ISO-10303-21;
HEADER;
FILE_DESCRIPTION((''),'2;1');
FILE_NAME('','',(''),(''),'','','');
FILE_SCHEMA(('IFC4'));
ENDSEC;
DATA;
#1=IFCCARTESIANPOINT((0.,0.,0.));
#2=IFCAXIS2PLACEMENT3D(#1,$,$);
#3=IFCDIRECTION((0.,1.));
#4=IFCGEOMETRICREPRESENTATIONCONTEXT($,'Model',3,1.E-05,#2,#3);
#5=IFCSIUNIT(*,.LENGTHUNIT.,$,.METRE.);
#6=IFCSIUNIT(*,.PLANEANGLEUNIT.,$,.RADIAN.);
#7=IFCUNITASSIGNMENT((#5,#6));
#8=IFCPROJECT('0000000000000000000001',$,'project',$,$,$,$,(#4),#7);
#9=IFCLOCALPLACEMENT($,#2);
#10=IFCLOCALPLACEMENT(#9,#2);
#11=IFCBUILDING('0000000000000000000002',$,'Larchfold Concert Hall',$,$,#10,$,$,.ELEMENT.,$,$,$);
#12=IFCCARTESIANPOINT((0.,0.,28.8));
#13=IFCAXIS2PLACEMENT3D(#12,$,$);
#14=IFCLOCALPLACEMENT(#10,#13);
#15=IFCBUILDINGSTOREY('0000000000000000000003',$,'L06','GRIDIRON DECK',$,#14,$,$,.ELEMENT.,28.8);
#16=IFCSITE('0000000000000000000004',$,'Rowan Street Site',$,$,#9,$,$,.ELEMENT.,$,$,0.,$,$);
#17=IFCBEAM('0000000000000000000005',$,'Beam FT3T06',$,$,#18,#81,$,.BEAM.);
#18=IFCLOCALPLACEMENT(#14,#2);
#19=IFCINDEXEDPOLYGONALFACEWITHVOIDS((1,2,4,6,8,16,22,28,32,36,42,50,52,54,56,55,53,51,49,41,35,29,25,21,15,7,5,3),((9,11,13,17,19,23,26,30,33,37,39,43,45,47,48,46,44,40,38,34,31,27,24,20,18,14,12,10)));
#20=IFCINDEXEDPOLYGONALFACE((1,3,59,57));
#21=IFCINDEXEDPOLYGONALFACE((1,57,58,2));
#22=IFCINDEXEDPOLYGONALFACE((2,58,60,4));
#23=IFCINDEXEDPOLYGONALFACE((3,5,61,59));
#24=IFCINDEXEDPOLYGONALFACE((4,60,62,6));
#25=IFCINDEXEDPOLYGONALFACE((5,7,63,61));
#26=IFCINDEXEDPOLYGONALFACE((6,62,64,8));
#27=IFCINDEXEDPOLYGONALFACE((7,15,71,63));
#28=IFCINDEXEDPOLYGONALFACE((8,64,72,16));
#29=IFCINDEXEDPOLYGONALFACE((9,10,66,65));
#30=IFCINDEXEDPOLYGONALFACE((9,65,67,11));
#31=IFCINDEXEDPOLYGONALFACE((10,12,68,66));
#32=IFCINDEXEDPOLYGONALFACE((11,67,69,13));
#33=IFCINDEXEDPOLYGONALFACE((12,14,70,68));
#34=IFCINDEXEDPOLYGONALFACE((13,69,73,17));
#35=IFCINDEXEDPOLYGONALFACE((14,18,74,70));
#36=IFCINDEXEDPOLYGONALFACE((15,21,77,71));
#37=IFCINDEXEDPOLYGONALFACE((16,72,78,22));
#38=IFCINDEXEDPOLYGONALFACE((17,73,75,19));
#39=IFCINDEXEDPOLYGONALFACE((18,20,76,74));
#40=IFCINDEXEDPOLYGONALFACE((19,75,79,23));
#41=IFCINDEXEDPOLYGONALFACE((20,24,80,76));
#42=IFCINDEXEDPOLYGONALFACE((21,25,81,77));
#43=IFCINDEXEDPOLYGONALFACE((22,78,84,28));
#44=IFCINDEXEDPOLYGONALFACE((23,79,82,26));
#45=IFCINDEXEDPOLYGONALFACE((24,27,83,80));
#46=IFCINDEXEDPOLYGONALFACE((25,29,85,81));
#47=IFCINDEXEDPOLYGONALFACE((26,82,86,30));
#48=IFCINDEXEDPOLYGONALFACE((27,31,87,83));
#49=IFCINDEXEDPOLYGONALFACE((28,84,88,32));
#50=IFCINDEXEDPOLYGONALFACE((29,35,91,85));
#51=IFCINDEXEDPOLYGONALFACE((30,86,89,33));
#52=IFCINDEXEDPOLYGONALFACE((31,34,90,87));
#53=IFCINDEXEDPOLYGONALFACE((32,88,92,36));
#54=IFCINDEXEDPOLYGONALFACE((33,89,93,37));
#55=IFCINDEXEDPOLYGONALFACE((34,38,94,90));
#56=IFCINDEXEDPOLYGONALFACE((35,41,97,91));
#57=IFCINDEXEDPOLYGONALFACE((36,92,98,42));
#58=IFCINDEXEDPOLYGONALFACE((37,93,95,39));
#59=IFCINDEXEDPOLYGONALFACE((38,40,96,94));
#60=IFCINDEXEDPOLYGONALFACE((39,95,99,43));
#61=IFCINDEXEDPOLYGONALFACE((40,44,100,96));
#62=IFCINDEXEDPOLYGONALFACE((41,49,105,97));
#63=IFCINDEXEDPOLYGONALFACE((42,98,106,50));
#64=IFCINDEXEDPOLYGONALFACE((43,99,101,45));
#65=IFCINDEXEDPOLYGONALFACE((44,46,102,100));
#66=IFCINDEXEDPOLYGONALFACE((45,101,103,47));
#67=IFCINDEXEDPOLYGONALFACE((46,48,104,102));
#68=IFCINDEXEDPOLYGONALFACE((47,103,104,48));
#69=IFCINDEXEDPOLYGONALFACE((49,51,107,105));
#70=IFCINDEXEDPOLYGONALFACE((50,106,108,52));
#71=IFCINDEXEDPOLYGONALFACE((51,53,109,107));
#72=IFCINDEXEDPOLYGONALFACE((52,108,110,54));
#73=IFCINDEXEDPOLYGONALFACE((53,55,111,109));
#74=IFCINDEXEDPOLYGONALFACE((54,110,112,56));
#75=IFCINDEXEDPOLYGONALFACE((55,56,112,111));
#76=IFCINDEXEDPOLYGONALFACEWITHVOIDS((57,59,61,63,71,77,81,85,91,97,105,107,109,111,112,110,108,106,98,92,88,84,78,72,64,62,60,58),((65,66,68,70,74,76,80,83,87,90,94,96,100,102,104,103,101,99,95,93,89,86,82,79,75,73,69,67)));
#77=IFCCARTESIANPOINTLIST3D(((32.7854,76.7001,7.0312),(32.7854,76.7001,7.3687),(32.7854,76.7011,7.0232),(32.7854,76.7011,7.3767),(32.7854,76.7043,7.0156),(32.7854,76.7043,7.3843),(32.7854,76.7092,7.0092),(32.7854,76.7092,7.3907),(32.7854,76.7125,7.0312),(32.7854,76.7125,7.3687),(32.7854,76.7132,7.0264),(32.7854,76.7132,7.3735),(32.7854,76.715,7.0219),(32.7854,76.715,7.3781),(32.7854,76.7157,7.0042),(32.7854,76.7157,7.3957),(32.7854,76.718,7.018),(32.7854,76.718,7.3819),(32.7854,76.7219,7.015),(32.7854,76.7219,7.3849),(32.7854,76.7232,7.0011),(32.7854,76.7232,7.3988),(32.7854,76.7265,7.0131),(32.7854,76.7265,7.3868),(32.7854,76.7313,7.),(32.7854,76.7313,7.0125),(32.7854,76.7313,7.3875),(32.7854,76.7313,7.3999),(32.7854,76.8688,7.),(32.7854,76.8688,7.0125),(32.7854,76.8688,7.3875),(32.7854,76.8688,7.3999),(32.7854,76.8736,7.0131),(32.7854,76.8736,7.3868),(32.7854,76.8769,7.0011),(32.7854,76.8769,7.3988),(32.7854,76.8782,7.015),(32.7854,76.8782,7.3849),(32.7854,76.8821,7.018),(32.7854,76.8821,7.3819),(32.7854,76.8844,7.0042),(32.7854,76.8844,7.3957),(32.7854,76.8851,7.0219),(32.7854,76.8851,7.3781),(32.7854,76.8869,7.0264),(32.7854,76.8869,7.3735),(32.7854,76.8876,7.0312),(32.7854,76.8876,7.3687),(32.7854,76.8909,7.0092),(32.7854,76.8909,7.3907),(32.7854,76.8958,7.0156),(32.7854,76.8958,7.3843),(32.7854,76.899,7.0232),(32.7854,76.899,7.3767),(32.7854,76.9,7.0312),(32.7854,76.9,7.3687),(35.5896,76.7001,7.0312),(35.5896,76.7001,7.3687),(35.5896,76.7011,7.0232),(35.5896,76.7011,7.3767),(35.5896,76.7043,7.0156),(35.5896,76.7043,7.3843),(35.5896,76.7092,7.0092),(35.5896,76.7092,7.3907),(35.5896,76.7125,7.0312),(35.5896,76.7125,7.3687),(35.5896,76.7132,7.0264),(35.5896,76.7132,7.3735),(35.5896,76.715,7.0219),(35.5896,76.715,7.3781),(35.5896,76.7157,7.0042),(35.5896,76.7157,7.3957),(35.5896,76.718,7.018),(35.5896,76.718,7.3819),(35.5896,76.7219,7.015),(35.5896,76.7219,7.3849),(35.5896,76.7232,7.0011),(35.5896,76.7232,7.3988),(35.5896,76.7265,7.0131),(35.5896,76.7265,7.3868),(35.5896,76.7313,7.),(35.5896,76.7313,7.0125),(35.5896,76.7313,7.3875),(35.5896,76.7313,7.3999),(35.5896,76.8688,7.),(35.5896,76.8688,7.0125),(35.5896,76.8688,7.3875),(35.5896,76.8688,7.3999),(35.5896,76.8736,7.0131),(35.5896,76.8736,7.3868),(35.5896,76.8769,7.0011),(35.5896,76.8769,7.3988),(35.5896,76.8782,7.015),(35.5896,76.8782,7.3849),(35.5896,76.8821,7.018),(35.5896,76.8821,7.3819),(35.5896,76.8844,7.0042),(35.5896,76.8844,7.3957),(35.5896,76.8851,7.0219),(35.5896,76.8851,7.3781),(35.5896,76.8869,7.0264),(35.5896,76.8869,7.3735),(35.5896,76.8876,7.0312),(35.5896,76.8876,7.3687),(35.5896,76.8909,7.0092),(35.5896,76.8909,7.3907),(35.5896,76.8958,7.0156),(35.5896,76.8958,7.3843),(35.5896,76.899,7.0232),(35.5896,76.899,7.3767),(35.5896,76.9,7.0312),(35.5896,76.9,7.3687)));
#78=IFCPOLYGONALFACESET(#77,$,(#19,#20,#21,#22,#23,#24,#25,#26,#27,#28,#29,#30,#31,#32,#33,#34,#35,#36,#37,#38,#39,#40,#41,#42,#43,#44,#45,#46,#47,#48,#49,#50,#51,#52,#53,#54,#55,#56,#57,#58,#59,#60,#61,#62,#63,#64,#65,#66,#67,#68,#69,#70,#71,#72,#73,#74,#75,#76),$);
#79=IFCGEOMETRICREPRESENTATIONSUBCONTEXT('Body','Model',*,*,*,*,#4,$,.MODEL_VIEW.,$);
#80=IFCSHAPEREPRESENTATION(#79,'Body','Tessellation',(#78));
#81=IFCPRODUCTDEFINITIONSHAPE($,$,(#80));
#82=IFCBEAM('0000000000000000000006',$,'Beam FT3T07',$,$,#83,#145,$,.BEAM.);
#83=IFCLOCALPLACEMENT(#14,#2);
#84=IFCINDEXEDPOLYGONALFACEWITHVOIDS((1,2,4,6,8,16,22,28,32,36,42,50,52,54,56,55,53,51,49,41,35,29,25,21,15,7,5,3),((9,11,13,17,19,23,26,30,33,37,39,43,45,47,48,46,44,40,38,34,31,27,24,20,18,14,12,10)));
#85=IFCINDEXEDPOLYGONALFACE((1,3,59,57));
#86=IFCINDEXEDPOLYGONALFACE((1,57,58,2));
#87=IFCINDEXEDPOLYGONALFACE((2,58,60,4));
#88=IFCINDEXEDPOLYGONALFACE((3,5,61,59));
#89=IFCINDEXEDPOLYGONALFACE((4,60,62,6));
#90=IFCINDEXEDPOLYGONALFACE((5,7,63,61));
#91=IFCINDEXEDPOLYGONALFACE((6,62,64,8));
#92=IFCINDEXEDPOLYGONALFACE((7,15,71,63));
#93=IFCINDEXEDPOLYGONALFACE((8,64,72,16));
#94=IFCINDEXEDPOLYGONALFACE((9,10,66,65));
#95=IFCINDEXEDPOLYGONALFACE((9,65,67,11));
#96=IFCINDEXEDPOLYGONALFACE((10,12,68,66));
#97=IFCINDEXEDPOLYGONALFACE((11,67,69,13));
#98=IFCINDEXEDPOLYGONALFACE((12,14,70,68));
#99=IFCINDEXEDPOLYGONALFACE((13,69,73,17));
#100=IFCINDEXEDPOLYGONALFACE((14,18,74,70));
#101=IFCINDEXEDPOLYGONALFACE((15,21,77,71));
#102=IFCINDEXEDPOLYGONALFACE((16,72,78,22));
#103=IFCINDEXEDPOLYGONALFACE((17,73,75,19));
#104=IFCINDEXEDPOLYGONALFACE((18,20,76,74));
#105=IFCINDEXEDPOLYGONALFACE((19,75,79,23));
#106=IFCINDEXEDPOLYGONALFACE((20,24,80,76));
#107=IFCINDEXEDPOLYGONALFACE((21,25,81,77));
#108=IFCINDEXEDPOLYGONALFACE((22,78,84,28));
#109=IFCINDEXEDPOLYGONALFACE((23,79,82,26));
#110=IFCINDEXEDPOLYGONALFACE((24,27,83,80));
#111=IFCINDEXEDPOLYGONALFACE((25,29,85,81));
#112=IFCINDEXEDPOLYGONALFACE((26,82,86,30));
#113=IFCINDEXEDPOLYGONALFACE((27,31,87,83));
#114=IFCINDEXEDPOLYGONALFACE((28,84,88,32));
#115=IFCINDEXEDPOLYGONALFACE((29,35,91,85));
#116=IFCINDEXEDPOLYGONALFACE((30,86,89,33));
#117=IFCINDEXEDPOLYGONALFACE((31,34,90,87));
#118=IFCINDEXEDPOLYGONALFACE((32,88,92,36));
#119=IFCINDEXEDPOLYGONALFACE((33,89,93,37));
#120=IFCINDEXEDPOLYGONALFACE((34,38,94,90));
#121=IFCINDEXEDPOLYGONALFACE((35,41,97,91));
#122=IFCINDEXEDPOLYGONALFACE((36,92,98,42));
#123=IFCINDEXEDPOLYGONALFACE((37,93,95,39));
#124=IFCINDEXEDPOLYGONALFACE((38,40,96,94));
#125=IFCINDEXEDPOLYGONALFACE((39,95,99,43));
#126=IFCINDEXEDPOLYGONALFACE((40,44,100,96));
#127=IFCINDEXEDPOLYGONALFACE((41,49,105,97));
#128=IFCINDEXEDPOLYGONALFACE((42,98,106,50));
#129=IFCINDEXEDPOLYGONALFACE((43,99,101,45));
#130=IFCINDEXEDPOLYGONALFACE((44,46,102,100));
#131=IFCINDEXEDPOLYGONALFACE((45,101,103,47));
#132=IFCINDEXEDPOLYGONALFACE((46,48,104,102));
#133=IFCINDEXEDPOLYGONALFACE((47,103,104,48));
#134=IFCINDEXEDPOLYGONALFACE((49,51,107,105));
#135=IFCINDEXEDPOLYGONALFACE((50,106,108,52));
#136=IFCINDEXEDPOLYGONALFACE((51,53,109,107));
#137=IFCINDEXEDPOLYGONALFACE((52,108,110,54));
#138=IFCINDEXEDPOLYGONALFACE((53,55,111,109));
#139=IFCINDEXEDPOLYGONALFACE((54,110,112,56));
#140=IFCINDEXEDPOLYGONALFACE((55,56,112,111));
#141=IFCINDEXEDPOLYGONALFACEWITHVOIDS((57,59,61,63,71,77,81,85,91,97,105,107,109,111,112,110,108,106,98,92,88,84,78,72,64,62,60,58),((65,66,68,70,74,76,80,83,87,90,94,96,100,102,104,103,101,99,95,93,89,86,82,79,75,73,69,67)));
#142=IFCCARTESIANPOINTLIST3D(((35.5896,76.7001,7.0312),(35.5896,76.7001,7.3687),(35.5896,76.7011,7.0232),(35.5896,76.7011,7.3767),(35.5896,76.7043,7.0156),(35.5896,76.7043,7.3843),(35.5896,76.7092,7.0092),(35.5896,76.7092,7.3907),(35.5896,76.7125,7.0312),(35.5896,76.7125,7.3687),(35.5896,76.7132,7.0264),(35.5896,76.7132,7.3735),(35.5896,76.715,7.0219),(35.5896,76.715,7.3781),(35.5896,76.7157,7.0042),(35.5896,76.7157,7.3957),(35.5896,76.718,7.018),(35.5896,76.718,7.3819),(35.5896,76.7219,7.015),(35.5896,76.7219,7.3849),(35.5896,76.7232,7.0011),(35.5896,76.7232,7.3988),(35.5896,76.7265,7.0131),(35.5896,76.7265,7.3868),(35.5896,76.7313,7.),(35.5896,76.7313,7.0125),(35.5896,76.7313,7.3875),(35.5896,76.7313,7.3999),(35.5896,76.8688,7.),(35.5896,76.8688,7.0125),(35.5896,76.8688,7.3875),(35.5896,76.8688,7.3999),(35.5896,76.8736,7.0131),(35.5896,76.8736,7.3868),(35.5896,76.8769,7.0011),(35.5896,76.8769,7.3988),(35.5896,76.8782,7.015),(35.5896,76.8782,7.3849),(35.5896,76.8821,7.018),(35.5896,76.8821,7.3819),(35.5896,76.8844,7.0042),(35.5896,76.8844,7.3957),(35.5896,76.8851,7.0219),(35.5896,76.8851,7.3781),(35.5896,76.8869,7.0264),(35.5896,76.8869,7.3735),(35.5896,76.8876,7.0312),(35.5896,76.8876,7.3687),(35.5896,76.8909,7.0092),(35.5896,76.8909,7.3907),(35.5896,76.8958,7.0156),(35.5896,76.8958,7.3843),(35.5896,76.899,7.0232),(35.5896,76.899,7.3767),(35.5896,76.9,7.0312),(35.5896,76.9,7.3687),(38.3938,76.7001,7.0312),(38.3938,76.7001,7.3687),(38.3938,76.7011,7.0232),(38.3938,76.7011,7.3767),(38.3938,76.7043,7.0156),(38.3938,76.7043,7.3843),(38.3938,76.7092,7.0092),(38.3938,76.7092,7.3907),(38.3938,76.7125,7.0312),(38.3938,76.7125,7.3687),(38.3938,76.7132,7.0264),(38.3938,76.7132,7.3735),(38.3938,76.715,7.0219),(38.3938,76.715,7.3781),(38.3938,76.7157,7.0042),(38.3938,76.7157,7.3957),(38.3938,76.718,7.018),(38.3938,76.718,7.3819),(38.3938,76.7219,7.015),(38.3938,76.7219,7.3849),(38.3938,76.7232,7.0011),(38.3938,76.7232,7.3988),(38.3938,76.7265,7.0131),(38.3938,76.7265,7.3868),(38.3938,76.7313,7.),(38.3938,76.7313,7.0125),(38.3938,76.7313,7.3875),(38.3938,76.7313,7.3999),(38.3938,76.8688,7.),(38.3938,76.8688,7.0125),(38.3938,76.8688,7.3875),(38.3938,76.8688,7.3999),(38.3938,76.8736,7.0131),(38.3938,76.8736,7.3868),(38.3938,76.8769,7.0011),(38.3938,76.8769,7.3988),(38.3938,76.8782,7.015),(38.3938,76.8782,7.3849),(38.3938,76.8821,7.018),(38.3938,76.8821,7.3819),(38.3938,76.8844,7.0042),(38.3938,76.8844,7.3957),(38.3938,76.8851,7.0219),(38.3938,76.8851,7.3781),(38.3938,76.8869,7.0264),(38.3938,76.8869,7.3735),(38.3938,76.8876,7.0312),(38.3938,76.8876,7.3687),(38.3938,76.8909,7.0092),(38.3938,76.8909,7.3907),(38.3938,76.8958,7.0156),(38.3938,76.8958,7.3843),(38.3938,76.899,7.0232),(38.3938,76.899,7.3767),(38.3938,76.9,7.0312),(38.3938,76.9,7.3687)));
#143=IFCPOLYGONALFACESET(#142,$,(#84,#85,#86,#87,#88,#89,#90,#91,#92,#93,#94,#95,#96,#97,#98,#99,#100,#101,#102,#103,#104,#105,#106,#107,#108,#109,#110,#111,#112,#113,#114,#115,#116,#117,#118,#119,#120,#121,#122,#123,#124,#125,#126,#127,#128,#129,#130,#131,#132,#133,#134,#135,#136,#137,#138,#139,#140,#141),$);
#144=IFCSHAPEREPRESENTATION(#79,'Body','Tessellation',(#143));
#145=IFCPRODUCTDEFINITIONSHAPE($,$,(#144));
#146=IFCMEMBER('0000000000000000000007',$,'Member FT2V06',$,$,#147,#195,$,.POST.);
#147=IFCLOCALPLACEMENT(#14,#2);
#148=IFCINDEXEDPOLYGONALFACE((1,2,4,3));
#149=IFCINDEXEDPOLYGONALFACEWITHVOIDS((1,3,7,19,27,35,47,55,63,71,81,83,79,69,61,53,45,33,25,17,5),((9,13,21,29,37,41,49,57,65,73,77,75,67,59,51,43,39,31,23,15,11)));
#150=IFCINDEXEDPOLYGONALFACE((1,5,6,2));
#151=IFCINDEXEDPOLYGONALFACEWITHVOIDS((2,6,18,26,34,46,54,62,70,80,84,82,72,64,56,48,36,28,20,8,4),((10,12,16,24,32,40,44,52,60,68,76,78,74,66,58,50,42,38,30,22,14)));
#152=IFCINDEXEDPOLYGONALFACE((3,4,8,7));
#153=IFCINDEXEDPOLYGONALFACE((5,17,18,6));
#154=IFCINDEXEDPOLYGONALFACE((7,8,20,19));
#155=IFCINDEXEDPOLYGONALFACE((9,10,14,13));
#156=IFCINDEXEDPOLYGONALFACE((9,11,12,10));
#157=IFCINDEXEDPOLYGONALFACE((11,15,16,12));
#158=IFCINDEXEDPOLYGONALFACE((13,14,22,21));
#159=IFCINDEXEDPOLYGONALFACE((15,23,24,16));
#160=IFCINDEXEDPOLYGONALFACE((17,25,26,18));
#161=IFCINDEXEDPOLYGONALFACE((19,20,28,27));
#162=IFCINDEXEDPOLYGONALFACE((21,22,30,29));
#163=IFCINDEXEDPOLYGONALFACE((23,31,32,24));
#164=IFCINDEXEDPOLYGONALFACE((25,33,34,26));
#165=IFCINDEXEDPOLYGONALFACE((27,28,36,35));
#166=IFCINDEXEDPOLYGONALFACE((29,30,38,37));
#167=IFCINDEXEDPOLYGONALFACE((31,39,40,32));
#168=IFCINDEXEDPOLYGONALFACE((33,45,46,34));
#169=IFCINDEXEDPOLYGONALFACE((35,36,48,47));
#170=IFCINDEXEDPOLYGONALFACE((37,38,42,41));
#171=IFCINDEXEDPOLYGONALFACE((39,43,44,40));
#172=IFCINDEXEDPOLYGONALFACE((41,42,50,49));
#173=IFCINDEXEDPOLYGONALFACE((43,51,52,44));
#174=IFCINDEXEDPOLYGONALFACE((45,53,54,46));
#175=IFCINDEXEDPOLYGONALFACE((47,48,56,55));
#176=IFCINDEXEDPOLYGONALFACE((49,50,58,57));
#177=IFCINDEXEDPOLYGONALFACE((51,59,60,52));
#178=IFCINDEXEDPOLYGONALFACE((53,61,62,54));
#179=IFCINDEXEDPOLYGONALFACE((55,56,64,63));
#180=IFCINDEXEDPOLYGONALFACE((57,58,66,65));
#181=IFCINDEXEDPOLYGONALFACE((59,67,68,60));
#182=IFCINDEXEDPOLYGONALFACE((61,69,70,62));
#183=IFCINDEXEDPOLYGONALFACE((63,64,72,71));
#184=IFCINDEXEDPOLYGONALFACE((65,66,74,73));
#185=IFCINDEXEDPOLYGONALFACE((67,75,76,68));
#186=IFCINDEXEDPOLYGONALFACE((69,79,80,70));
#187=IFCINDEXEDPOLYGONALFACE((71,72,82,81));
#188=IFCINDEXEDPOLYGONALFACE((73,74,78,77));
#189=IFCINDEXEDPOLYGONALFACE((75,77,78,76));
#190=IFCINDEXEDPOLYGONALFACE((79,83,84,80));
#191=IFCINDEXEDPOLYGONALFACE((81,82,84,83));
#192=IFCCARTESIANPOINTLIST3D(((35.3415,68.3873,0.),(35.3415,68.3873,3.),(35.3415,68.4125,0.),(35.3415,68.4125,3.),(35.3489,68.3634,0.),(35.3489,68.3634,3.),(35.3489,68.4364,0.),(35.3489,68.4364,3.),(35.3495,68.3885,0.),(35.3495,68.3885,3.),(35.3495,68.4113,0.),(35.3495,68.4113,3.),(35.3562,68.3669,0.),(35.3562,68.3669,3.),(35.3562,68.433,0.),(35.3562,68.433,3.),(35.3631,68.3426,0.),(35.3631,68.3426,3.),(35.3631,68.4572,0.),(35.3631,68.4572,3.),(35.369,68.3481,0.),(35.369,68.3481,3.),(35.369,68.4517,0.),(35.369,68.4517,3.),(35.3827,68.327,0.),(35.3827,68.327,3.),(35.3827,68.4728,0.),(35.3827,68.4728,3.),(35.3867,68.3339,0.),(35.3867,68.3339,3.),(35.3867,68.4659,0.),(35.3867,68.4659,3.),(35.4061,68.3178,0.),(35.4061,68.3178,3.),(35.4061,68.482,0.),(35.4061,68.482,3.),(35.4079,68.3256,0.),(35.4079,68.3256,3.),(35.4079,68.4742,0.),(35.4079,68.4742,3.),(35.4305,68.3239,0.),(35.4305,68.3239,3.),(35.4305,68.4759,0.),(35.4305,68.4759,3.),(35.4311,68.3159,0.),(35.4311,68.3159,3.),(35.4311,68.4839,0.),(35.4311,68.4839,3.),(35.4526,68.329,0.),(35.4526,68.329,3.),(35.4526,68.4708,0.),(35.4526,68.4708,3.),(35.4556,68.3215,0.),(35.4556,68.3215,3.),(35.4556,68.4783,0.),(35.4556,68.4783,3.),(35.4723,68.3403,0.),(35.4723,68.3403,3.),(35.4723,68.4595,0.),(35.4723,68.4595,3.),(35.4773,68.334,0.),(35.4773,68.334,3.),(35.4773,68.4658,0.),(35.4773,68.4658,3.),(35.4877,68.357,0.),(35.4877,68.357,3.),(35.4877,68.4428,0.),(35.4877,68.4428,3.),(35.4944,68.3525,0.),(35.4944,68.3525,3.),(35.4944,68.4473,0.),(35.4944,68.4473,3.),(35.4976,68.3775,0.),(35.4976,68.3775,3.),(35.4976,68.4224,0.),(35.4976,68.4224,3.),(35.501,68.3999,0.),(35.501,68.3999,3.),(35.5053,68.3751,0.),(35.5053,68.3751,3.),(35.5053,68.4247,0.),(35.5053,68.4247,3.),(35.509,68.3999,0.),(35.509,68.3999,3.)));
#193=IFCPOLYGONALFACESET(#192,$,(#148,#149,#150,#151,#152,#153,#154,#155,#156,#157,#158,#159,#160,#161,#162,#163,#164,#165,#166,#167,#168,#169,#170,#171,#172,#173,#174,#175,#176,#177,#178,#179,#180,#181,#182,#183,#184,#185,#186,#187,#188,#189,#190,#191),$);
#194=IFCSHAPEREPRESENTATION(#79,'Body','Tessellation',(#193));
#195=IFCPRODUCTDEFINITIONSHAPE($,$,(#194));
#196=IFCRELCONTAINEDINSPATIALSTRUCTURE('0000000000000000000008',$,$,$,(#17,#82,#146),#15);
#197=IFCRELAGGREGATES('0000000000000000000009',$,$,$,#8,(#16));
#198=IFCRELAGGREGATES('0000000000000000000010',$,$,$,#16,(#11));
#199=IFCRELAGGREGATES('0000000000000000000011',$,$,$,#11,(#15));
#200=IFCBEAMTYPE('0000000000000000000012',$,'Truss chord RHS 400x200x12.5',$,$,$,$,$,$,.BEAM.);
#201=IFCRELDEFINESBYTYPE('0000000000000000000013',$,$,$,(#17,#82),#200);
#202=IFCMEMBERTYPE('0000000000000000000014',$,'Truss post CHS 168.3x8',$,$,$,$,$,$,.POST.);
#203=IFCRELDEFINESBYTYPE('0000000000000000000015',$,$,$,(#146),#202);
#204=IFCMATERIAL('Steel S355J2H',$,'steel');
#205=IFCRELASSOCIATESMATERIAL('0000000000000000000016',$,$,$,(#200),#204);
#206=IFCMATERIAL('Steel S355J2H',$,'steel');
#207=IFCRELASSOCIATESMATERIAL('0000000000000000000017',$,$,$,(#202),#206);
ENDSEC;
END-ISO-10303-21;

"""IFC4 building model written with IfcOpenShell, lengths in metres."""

from ifc_helpers import new_model, si_unit, direction, frame, origin, origin_2d, place, context, subcontext, project, spatial, hollow_rectangle, hollow_circle, extrude, material, material_profile, profile_set, type_object, element, save


model = new_model("IFC4")

# Units and contexts
model_context = context("Model", 3, precision=1e-05, world=origin(), true_north=direction((0.0, 1.0)))
body_context = subcontext(model_context, "Body", "Model", "MODEL_VIEW")
ifc_project = project(units=[si_unit("LENGTHUNIT", "METRE"), si_unit("PLANEANGLEUNIT", "RADIAN")], contexts=[model_context])

# Site, building, storey
site_placement = place(None, origin())
site = spatial("IfcSite", under=ifc_project, at=site_placement, Name="Rowan Street Site", CompositionType="ELEMENT", RefElevation=0.0)
building_placement = place(site_placement, origin())
building = spatial("IfcBuilding", under=site, at=building_placement, Name="Larchfold Concert Hall", CompositionType="ELEMENT")
storey_placement = place(building_placement, frame((0.0, 0.0, 28.8)))
storey = spatial("IfcBuildingStorey", under=building, at=storey_placement, Name="L06", Description="GRIDIRON DECK", CompositionType="ELEMENT", Elevation=28.8)

# Beams
ifc_material_1 = material(Name="Steel S355J2H", Category="steel")
ifc_material_profile_1 = material_profile(ifc_material_1, hollow_rectangle(XDim=0.2, YDim=0.3999, WallThickness=0.0125, InnerFilletRadius=0.0188, OuterFilletRadius=0.0312, at=origin_2d()))
ifc_profile_set_1 = profile_set([ifc_material_profile_1], Name="Steel S355J2H")
beam_type_1 = type_object("IfcBeamType", Name="Truss chord RHS 400x200x12.5", PredefinedType="BEAM", material=ifc_profile_set_1)
for number, where, z_axis, x_axis, name in (
    (1, (32.7854, 76.8, 7.2), (1.0, 0.0, 0.0), (0.0, 1.0, 0.0), "Beam FT3T06"),
    (2, (35.5896, 76.8, 7.2), (1.0, 0.0, 0.0), (0.0, 1.0, 0.0), "Beam FT3T07"),
):
    element("IfcBeam", number, at=place(storey_placement, frame(where, z_axis=z_axis, x_axis=x_axis)), inside=storey, type_object=beam_type_1, Name=name, PredefinedType="BEAM", context=body_context, shape_type="SweptSolid", body=[
        extrude(hollow_rectangle(XDim=0.2, YDim=0.3999, WallThickness=0.0125, InnerFilletRadius=0.0188, OuterFilletRadius=0.0312, at=origin_2d()), origin(), (0.0, 0.0, 1.0), 2.8042),
    ])

# Member
ifc_material_2 = material(Name="Steel S355J2H", Category="steel")
ifc_material_profile_2 = material_profile(ifc_material_2, hollow_circle(Radius=0.0842, WallThickness=0.0081, at=origin_2d()))
ifc_profile_set_2 = profile_set([ifc_material_profile_2], Name="Steel S355J2H")
member_type_1 = type_object("IfcMemberType", Name="Truss post CHS 168.3x8", PredefinedType="POST", material=ifc_profile_set_2)
member_placement = place(storey_placement, frame((35.4248, 68.3999, 3.0), z_axis=(0.0, 0.0, -1.0), x_axis=(1.0, 0.0, 0.0)))
element("IfcMember", 3, at=member_placement, inside=storey, type_object=member_type_1, Name="Member FT2V06", PredefinedType="POST", context=body_context, shape_type="SweptSolid", body=[
    extrude(hollow_circle(Radius=0.0842, WallThickness=0.0081, at=origin_2d()), origin(), (0.0, 0.0, 1.0), 3.0),
])

save(model, "model.ifc")
